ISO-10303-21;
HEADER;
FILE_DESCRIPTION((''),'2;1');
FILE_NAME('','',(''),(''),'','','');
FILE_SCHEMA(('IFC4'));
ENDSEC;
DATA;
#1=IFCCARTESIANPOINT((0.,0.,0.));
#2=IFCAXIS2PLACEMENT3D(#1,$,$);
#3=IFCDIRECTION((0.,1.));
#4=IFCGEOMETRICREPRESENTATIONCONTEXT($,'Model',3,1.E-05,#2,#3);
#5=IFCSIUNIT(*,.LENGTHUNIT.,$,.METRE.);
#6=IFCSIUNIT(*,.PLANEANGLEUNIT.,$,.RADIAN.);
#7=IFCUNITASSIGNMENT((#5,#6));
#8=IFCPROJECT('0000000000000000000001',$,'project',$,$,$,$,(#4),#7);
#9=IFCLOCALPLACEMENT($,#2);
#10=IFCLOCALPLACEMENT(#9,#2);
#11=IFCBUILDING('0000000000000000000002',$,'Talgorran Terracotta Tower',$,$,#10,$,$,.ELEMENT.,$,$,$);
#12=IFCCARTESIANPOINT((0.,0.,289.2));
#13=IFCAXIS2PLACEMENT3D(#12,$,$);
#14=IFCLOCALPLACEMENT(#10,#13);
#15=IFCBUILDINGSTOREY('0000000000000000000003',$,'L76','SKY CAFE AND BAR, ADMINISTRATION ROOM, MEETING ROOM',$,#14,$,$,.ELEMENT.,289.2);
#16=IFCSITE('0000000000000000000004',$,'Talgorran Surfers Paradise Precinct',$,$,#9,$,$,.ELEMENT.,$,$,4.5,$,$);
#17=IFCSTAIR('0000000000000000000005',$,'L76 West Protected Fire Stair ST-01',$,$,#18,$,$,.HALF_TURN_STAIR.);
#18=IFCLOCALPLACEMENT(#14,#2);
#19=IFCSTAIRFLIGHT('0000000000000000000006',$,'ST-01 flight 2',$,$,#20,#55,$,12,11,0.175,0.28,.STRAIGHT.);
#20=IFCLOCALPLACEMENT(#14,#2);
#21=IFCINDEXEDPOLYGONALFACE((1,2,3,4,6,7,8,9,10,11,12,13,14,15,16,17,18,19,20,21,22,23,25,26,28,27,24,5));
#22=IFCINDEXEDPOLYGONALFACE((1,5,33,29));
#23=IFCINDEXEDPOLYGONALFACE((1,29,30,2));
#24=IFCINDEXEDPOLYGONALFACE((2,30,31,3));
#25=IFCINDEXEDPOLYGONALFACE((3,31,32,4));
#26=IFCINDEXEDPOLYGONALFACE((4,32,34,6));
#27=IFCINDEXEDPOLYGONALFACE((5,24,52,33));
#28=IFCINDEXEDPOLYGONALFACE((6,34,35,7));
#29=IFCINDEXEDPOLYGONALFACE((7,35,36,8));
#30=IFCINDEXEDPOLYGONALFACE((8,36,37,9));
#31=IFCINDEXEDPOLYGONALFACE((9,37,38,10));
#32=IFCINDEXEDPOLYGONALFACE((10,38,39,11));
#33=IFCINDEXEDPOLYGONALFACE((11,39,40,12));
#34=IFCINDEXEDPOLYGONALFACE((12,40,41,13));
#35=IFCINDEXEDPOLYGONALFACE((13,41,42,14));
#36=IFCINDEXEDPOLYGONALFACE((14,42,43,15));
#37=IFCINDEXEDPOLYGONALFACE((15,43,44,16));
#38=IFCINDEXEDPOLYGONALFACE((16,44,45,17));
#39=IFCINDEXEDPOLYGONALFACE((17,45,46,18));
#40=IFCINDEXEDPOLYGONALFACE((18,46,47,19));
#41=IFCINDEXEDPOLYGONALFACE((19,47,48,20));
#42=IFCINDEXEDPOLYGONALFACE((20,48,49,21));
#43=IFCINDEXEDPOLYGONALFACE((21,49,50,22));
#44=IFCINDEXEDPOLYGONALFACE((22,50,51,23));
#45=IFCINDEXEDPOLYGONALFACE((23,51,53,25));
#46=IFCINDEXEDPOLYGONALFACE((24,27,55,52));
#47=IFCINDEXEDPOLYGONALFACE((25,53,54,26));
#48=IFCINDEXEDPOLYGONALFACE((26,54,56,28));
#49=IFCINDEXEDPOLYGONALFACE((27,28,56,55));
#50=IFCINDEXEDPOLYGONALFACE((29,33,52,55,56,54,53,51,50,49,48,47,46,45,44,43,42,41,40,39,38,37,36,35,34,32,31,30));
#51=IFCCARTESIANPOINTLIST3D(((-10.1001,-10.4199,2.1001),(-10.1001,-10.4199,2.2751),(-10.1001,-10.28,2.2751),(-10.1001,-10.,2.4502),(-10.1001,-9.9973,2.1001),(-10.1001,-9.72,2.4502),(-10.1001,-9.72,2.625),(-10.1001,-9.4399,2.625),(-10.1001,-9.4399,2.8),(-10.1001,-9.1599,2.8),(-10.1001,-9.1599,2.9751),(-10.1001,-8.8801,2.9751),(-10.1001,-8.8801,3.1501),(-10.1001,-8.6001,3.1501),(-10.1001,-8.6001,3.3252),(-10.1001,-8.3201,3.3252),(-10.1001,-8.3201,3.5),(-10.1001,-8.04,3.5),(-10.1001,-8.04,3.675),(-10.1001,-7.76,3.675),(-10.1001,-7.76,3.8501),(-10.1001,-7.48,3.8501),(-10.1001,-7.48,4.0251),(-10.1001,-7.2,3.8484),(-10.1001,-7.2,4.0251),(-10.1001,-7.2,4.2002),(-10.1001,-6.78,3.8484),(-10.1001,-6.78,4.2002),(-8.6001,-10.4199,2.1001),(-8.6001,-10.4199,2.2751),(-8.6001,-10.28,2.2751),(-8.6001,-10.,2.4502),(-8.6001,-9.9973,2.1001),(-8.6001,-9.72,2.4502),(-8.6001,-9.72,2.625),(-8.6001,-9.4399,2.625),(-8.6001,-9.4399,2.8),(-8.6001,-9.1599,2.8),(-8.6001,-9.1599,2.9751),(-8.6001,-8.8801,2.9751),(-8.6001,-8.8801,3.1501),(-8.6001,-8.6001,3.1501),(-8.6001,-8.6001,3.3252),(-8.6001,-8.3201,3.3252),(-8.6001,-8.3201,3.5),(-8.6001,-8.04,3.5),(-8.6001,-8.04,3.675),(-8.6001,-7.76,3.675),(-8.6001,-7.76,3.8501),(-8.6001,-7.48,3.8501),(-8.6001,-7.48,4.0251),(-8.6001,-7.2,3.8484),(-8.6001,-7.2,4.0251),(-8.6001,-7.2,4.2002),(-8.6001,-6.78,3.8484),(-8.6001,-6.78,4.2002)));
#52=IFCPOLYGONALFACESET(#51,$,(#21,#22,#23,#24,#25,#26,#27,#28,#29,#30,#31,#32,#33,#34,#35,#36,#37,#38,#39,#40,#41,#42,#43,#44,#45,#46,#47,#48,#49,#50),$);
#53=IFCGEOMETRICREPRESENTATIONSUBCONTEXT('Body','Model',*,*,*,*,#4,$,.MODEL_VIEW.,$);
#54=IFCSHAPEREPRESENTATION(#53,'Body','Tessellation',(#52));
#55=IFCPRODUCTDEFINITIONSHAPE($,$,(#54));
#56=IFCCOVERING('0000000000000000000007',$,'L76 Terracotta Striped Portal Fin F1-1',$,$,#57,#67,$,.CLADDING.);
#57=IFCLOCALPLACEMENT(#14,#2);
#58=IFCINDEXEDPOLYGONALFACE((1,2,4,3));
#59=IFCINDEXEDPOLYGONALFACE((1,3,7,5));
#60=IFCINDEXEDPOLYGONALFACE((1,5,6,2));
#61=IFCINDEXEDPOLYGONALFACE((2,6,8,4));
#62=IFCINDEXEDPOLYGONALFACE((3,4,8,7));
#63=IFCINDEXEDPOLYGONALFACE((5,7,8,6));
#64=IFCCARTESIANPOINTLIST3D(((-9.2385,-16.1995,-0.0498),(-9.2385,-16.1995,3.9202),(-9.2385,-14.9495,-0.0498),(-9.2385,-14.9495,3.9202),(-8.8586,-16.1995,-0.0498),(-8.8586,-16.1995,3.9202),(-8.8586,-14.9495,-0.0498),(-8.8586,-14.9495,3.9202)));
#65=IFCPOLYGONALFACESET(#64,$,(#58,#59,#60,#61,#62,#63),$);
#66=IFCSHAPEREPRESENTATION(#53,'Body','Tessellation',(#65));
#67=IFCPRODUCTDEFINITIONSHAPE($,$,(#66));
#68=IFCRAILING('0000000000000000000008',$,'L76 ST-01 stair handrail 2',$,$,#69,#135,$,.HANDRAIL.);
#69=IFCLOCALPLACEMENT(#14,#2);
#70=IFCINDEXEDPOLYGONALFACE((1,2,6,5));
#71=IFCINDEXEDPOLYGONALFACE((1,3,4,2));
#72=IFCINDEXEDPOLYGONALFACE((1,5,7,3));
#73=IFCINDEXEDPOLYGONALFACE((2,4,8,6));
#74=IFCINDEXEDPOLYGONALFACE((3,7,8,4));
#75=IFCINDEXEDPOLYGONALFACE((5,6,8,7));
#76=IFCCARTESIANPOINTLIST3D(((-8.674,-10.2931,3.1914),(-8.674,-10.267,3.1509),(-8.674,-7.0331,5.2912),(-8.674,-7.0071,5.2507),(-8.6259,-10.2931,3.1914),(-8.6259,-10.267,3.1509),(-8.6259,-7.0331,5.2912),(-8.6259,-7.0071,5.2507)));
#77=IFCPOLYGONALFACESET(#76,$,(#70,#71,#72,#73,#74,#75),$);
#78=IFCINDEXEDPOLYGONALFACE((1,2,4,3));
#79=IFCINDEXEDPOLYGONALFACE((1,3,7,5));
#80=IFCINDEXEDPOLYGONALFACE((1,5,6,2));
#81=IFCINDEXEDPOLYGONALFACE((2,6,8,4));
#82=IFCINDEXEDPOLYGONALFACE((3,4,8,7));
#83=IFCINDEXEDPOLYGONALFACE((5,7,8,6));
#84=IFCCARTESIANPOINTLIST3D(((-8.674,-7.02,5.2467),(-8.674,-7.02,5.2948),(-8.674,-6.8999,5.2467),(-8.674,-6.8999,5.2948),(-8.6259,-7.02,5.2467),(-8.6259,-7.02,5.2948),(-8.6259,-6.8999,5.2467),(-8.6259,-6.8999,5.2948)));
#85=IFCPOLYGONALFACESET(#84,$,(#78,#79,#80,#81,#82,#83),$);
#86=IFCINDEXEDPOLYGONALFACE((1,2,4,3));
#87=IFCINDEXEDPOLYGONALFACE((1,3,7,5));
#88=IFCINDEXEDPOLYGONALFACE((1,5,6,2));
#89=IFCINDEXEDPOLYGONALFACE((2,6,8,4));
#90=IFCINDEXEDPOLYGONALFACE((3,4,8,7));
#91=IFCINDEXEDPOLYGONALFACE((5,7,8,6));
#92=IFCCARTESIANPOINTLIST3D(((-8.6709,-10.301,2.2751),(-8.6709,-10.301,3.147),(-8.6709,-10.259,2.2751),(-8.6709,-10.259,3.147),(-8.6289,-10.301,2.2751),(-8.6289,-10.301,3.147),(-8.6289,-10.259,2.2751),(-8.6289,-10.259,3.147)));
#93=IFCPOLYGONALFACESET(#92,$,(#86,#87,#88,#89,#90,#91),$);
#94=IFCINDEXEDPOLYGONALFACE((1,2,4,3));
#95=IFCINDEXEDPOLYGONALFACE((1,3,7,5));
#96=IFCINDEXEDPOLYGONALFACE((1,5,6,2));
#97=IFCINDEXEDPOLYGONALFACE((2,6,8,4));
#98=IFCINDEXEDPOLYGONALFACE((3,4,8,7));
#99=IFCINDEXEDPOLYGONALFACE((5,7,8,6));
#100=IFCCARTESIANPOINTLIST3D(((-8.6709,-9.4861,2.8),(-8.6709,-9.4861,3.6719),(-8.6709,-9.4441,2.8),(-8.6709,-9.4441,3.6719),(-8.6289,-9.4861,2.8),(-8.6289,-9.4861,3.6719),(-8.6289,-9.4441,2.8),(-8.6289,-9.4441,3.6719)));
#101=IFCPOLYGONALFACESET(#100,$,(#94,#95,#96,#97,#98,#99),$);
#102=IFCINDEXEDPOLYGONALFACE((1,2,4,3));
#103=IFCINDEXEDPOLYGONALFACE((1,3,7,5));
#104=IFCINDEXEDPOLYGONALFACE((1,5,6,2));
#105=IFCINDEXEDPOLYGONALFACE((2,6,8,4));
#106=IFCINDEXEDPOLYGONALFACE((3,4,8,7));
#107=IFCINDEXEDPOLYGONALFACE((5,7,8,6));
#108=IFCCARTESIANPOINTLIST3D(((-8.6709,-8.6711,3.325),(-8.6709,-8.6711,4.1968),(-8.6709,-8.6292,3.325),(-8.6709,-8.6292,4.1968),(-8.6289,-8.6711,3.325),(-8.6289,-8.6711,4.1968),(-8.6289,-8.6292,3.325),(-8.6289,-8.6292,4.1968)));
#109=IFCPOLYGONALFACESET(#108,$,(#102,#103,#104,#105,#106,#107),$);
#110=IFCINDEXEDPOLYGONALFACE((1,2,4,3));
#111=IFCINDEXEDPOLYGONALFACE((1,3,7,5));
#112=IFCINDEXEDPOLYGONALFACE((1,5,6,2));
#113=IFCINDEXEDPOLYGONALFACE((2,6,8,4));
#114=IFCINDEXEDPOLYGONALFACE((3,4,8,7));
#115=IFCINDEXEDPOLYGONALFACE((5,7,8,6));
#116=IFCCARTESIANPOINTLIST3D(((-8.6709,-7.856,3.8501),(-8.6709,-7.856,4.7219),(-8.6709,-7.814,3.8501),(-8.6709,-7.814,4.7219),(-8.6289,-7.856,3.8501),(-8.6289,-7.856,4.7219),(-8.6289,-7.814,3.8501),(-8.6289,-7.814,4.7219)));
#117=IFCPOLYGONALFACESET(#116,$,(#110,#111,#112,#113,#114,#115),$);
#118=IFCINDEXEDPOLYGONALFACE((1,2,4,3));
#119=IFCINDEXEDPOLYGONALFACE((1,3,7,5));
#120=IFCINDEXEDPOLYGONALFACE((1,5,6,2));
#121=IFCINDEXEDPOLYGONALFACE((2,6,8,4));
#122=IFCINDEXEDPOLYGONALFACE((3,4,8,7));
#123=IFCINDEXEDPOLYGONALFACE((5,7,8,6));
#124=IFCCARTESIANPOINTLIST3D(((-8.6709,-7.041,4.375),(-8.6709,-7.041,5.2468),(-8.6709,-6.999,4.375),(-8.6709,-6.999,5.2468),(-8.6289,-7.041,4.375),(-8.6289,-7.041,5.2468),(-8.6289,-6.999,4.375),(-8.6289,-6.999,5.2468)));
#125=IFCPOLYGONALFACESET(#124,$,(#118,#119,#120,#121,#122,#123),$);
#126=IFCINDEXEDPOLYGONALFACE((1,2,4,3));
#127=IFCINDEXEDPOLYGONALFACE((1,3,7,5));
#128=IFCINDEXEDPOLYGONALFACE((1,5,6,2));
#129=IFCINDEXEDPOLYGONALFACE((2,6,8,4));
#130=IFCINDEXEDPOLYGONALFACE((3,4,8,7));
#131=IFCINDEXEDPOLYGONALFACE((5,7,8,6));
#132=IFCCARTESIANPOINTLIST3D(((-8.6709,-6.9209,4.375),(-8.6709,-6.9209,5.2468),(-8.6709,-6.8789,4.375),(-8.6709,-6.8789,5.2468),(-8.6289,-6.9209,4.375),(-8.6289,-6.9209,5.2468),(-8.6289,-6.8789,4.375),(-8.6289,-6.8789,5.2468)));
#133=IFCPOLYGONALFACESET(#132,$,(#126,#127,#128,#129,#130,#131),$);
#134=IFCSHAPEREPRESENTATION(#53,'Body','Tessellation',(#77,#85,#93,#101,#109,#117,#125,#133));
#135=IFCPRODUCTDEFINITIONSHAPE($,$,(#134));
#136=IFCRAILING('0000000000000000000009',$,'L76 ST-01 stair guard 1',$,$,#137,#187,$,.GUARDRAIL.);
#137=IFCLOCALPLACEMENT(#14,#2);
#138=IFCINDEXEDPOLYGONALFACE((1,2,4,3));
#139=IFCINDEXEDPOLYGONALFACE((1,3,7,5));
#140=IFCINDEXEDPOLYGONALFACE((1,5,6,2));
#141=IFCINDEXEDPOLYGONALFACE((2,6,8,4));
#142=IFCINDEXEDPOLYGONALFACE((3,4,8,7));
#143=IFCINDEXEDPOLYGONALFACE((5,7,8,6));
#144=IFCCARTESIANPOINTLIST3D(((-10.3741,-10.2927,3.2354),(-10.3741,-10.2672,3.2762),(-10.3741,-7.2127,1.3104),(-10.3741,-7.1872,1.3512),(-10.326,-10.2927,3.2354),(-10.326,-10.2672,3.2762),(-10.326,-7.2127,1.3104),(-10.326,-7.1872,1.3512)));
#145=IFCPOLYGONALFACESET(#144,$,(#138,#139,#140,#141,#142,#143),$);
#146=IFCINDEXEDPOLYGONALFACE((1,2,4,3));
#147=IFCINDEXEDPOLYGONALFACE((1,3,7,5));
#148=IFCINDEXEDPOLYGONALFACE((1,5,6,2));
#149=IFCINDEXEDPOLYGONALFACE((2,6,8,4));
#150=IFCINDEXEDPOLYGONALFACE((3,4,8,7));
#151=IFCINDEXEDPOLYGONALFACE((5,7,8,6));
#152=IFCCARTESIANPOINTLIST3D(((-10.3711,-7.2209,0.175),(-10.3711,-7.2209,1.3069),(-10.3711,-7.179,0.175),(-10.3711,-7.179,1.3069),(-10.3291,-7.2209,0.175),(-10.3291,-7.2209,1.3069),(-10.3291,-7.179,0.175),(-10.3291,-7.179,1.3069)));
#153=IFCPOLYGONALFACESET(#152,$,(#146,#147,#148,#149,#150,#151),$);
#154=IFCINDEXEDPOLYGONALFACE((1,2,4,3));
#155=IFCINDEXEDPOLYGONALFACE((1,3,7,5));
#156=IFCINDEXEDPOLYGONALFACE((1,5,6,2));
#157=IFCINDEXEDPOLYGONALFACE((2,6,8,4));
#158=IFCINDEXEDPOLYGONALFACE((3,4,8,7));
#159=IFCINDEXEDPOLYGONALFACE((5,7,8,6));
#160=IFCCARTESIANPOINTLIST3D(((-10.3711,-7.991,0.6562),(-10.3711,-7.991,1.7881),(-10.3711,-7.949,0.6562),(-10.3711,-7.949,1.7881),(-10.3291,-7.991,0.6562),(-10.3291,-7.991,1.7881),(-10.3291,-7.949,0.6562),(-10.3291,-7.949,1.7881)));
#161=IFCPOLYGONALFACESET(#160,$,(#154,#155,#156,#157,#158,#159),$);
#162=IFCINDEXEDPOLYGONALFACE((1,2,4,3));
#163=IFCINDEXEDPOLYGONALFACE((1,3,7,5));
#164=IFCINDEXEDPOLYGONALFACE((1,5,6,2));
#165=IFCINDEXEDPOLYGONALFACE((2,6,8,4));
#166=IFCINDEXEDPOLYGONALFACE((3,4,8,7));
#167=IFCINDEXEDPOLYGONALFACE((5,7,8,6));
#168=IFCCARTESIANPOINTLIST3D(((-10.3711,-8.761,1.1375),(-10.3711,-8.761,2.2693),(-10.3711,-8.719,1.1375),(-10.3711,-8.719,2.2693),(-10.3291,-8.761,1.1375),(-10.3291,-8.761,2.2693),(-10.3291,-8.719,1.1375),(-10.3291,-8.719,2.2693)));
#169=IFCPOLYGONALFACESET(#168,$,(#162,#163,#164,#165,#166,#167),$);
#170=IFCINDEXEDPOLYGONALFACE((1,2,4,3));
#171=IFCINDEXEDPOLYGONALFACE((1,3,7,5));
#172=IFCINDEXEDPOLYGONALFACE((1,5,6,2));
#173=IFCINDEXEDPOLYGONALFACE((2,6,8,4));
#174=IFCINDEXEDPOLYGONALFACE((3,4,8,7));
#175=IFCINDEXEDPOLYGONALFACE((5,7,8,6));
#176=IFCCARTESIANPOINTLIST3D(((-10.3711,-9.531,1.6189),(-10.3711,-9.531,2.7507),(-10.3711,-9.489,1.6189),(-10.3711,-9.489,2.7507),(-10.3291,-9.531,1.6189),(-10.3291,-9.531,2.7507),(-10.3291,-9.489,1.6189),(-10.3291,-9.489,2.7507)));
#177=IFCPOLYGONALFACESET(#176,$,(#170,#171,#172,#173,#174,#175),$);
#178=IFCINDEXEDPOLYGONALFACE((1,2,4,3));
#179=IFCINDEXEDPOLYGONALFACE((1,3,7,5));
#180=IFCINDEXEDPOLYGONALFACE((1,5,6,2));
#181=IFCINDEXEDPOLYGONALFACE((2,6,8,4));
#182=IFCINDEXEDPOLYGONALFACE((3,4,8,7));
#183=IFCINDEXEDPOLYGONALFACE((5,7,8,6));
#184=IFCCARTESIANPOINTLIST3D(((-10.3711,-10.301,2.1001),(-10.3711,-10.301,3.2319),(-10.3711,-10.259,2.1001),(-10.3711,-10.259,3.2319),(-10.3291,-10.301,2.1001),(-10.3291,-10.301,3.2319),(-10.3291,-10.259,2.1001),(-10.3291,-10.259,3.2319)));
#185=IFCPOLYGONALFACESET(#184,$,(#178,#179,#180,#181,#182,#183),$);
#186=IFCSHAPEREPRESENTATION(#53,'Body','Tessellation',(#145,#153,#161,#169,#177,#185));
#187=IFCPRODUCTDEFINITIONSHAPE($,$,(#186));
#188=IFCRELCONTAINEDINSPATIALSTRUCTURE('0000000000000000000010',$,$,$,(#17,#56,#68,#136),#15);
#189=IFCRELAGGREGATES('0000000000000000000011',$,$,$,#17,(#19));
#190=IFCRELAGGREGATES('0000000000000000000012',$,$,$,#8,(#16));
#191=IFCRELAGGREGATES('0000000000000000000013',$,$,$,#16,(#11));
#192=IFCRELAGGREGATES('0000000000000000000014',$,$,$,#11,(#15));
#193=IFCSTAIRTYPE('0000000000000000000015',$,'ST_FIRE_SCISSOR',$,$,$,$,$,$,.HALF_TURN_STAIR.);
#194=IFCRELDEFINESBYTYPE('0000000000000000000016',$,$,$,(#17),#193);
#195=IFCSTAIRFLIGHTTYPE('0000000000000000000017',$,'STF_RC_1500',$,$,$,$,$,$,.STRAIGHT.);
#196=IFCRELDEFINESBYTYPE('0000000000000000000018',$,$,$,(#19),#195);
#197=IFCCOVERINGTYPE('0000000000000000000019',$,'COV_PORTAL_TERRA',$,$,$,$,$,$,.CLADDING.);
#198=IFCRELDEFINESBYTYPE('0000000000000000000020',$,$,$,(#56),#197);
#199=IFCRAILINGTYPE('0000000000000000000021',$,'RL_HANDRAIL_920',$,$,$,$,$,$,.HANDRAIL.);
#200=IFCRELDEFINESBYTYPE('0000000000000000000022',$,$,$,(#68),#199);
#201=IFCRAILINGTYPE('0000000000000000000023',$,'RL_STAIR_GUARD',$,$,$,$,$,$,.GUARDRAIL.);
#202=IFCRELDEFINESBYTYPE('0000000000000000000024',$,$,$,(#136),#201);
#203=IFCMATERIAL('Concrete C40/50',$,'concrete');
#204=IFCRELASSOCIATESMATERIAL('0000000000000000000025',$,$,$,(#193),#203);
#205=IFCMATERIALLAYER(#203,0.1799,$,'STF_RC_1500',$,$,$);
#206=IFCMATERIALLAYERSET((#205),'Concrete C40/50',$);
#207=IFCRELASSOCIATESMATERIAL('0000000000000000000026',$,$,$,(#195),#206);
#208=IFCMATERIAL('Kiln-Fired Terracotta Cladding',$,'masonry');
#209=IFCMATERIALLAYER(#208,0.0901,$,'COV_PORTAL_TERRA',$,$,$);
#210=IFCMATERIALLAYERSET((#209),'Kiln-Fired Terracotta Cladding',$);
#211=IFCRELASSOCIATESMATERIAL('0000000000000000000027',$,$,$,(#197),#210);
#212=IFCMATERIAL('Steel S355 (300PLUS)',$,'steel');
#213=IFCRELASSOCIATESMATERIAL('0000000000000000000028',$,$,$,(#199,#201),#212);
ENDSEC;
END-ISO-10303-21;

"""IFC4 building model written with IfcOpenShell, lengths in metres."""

from ifc_helpers import new_model, si_unit, direction, frame, origin, origin_2d, place, context, subcontext, project, spatial, polyline, rectangle, outline, extrude, material, layer, layer_set, type_object, element, aggregate, save


model = new_model("IFC4")

# Units and contexts
model_context = context("Model", 3, precision=1e-05, world=origin(), true_north=direction((0.0, 1.0)))
body_context = subcontext(model_context, "Body", "Model", "MODEL_VIEW")
ifc_project = project(units=[si_unit("LENGTHUNIT", "METRE"), si_unit("PLANEANGLEUNIT", "RADIAN")], contexts=[model_context])

# Site, building, storey
site_placement = place(None, origin())
site = spatial("IfcSite", under=ifc_project, at=site_placement, Name="Talgorran Surfers Paradise Precinct", CompositionType="ELEMENT", RefElevation=4.5)
building_placement = place(site_placement, origin())
building = spatial("IfcBuilding", under=site, at=building_placement, Name="Talgorran Terracotta Tower", CompositionType="ELEMENT")
storey_placement = place(building_placement, frame((0.0, 0.0, 289.2)))
storey = spatial("IfcBuildingStorey", under=building, at=storey_placement, Name="L76", Description="SKY CAFE AND BAR, ADMINISTRATION ROOM, MEETING ROOM", CompositionType="ELEMENT", Elevation=289.2)

# Shared definitions
ifc_material_1 = material(Name="Steel S355 (300PLUS)", Category="steel")

# Stair, stair flight
ifc_material_2 = material(Name="Concrete C40/50", Category="concrete")
stair_type = type_object("IfcStairType", Name="ST_FIRE_SCISSOR", PredefinedType="HALF_TURN_STAIR", material=ifc_material_2)
stair_placement = place(storey_placement, origin())
stair = element("IfcStair", 1, at=stair_placement, inside=storey, type_object=stair_type, Name="L76 West Protected Fire Stair ST-01", PredefinedType="HALF_TURN_STAIR")
ifc_layer_1 = layer(ifc_material_2, 0.1799, Name="STF_RC_1500")
ifc_layer_set_1 = layer_set([ifc_layer_1], Name="Concrete C40/50")
stair_flight_type = type_object("IfcStairFlightType", Name="STF_RC_1500", PredefinedType="STRAIGHT", material=ifc_layer_set_1)
stair_flight_1_placement = place(storey_placement, frame((-9.3501, -10.28, 2.1001), z_axis=(0.0, 0.0, 1.0), x_axis=(0.0, 1.0, 0.0)))
stair_flight_1 = element("IfcStairFlight", 2, at=stair_flight_1_placement, type_object=stair_flight_type, Name="ST-01 flight 2", NumberOfRisers=12, NumberOfTreads=11, PredefinedType="STRAIGHT", RiserHeight=0.175, TreadLength=0.28, context=body_context, shape_type="SweptSolid", body=[
    extrude(outline(polyline([(-0.1399, 0.0), (-0.1399, 0.175), (0.0, 0.175), (0.28, 0.3501), (0.5601, 0.3501), (0.5601, 0.5249), (0.8401, 0.5249), (0.8401, 0.7), (1.1201, 0.7), (1.1201, 0.875), (1.3999, 0.875), (1.3999, 1.05), (1.6799, 1.05), (1.6799, 1.2251), (1.96, 1.2251), (1.96, 1.3999), (2.24, 1.3999), (2.24, 1.575), (2.52, 1.575), (2.52, 1.75), (2.8, 1.75), (2.8, 1.925), (3.0801, 1.925), (3.0801, 2.1001), (3.5, 2.1001), (3.5, 1.7483), (3.0801, 1.7483), (0.2827, 0.0), (-0.1399, 0.0)])), frame((0.0, 0.75, 0.0), z_axis=(0.0, -1.0, 0.0), x_axis=(1.0, 0.0, 0.0)), (0.0, 0.0, 1.0), 1.5),
])
aggregate(stair, [stair_flight_1])

# Covering
ifc_material_3 = material(Name="Kiln-Fired Terracotta Cladding", Category="masonry")
ifc_layer_2 = layer(ifc_material_3, 0.0901, Name="COV_PORTAL_TERRA")
ifc_layer_set_2 = layer_set([ifc_layer_2], Name="Kiln-Fired Terracotta Cladding")
covering_type = type_object("IfcCoveringType", Name="COV_PORTAL_TERRA", PredefinedType="CLADDING", material=ifc_layer_set_2)
covering_placement = place(storey_placement, frame((-9.0486, -15.5745, -0.0498), z_axis=(0.0, 0.0, 1.0), x_axis=(1.0, 0.0, 0.0)))
element("IfcCovering", 3, at=covering_placement, inside=storey, type_object=covering_type, Name="L76 Terracotta Striped Portal Fin F1-1", PredefinedType="CLADDING", context=body_context, shape_type="SweptSolid", body=[
    extrude(rectangle(XDim=0.3799, YDim=1.25, at=origin_2d()), origin(), (0.0, 0.0, 1.0), 3.97),
])

# Railings
railing_type_1 = type_object("IfcRailingType", Name="RL_HANDRAIL_920", PredefinedType="HANDRAIL", material=ifc_material_1)
railing_1_placement = place(storey_placement, frame((-8.6499, -10.28, 2.2751)))
element("IfcRailing", 4, at=railing_1_placement, inside=storey, type_object=railing_type_1, Name="L76 ST-01 stair handrail 2", PredefinedType="HANDRAIL", context=body_context, shape_type="SweptSolid", body=[
    extrude(rectangle(XDim=0.0481, YDim=0.0481, at=origin_2d()), frame((0.0, 0.0, 0.896), z_axis=(0.0, 0.840693, 0.541512), x_axis=(-1.0, 0.0, 0.0)), (0.0, 0.0, 1.0), 3.8777),
    extrude(rectangle(XDim=0.0481, YDim=0.0481, at=origin_2d()), frame((0.0, 3.26, 2.9956), z_axis=(0.0, 1.0, 0.0), x_axis=(-1.0, 0.0, 0.0)), (0.0, 0.0, 1.0), 0.1201),
    extrude(rectangle(XDim=0.042, YDim=0.042, at=origin_2d()), origin(), (0.0, 0.0, 1.0), 0.8718),
    extrude(rectangle(XDim=0.042, YDim=0.042, at=origin_2d()), frame((0.0, 0.8149, 0.5249)), (0.0, 0.0, 1.0), 0.8718),
    extrude(rectangle(XDim=0.042, YDim=0.042, at=origin_2d()), frame((0.0, 1.6299, 1.0498)), (0.0, 0.0, 1.0), 0.8718),
    extrude(rectangle(XDim=0.042, YDim=0.042, at=origin_2d()), frame((0.0, 2.4451, 1.575)), (0.0, 0.0, 1.0), 0.8718),
    extrude(rectangle(XDim=0.042, YDim=0.042, at=origin_2d()), frame((0.0, 3.26, 2.0999)), (0.0, 0.0, 1.0), 0.8718),
    extrude(rectangle(XDim=0.042, YDim=0.042, at=origin_2d()), frame((0.0, 3.3801, 2.0999)), (0.0, 0.0, 1.0), 0.8718),
])
railing_type_2 = type_object("IfcRailingType", Name="RL_STAIR_GUARD", PredefinedType="GUARDRAIL", material=ifc_material_1)
railing_2_placement = place(storey_placement, frame((-10.3501, -7.2, 0.175)))
element("IfcRailing", 5, at=railing_2_placement, inside=storey, type_object=railing_type_2, Name="L76 ST-01 stair guard 1", PredefinedType="GUARDRAIL", context=body_context, shape_type="SweptSolid", body=[
    extrude(rectangle(XDim=0.0481, YDim=0.0481, at=origin_2d()), frame((0.0, 0.0, 1.1558), z_axis=(0.0, -0.847998, 0.529999), x_axis=(1.0, 0.0, 0.0)), (0.0, 0.0, 1.0), 3.6321),
    extrude(rectangle(XDim=0.042, YDim=0.042, at=origin_2d()), origin(), (0.0, 0.0, 1.0), 1.1318),
    extrude(rectangle(XDim=0.042, YDim=0.042, at=origin_2d()), frame((0.0, -0.77, 0.4812)), (0.0, 0.0, 1.0), 1.1318),
    extrude(rectangle(XDim=0.042, YDim=0.042, at=origin_2d()), frame((0.0, -1.54, 0.9624)), (0.0, 0.0, 1.0), 1.1318),
    extrude(rectangle(XDim=0.042, YDim=0.042, at=origin_2d()), frame((0.0, -2.3101, 1.4438)), (0.0, 0.0, 1.0), 1.1318),
    extrude(rectangle(XDim=0.042, YDim=0.042, at=origin_2d()), frame((0.0, -3.0801, 1.925)), (0.0, 0.0, 1.0), 1.1318),
])

save(model, "model.ifc")
